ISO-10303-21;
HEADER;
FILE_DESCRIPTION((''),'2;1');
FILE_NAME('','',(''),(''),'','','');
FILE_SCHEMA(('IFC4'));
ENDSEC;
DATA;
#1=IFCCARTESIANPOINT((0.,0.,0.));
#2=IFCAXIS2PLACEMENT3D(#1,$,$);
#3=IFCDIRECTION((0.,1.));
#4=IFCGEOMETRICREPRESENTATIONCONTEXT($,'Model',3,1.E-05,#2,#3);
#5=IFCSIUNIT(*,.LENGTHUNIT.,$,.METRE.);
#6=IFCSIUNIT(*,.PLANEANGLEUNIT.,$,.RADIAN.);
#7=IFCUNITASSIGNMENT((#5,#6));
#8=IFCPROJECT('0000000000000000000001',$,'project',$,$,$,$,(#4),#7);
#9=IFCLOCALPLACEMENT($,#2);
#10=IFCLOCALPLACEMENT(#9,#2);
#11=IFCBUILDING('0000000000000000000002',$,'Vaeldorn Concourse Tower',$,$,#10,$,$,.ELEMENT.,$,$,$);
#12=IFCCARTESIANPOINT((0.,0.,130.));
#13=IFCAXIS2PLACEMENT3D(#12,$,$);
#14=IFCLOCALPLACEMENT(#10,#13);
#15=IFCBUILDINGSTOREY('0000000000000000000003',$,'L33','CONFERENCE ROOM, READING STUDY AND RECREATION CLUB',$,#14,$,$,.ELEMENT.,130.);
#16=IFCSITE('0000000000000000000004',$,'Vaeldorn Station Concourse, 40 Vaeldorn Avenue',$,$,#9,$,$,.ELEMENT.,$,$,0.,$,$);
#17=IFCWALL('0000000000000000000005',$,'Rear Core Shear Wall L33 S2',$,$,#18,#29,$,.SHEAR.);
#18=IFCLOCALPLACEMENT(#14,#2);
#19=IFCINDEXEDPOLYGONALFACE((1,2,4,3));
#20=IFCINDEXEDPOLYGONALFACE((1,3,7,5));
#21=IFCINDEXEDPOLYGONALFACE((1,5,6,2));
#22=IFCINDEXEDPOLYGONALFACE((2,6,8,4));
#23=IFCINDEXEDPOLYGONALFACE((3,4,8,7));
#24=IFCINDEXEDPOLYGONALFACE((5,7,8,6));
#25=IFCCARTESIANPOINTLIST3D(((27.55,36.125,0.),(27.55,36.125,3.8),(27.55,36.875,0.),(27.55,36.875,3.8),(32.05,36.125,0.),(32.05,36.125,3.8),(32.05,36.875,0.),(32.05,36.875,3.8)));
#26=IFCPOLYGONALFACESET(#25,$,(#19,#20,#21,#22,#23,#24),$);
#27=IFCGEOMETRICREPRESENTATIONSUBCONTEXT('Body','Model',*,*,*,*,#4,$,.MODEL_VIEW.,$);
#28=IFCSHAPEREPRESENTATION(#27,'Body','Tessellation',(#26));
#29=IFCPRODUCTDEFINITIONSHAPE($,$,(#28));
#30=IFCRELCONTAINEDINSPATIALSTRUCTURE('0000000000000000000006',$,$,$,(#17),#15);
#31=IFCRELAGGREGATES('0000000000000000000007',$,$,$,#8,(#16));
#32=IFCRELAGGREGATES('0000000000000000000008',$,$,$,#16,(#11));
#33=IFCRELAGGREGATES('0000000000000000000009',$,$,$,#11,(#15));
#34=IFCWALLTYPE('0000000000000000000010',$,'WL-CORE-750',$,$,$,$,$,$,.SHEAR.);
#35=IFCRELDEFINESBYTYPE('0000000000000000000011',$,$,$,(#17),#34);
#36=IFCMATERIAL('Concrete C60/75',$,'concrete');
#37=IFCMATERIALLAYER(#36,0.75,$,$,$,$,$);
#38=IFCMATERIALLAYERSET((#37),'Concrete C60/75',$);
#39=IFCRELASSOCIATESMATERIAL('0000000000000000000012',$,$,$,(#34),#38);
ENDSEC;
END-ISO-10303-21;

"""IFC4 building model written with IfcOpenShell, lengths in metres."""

from ifc_helpers import new_model, si_unit, direction, frame, frame_2d, origin, place, context, subcontext, project, spatial, rectangle, extrude, material, layer, layer_set, type_object, element, save


model = new_model("IFC4")

# Units and contexts
model_context = context("Model", 3, precision=1e-05, world=origin(), true_north=direction((0.0, 1.0)))
body_context = subcontext(model_context, "Body", "Model", "MODEL_VIEW")
ifc_project = project(units=[si_unit("LENGTHUNIT", "METRE"), si_unit("PLANEANGLEUNIT", "RADIAN")], contexts=[model_context])

# Site, building, storey
site_placement = place(None, origin())
site = spatial("IfcSite", under=ifc_project, at=site_placement, Name="Vaeldorn Station Concourse, 40 Vaeldorn Avenue", CompositionType="ELEMENT", RefElevation=0.0)
building_placement = place(site_placement, origin())
building = spatial("IfcBuilding", under=site, at=building_placement, Name="Vaeldorn Concourse Tower", CompositionType="ELEMENT")
storey_placement = place(building_placement, frame((0.0, 0.0, 130.0)))
storey = spatial("IfcBuildingStorey", under=building, at=storey_placement, Name="L33", Description="CONFERENCE ROOM, READING STUDY AND RECREATION CLUB", CompositionType="ELEMENT", Elevation=130.0)

# Wall
ifc_material_1 = material(Name="Concrete C60/75", Category="concrete")
ifc_layer = layer(ifc_material_1, 0.75)
ifc_layer_set = layer_set([ifc_layer], Name="Concrete C60/75")
wall_type = type_object("IfcWallType", Name="WL-CORE-750", PredefinedType="SHEAR", material=ifc_layer_set)
wall_placement = place(storey_placement, frame((27.55, 36.5, 0.0), z_axis=(0.0, 0.0, 1.0), x_axis=(1.0, 0.0, 0.0)))
element("IfcWall", 1, at=wall_placement, inside=storey, type_object=wall_type, Name="Rear Core Shear Wall L33 S2", PredefinedType="SHEAR", context=body_context, shape_type="SweptSolid", body=[
    extrude(rectangle(XDim=4.5, YDim=0.75, at=frame_2d((2.25, 0.0))), origin(), (0.0, 0.0, 1.0), 3.8),
])

save(model, "model.ifc")
